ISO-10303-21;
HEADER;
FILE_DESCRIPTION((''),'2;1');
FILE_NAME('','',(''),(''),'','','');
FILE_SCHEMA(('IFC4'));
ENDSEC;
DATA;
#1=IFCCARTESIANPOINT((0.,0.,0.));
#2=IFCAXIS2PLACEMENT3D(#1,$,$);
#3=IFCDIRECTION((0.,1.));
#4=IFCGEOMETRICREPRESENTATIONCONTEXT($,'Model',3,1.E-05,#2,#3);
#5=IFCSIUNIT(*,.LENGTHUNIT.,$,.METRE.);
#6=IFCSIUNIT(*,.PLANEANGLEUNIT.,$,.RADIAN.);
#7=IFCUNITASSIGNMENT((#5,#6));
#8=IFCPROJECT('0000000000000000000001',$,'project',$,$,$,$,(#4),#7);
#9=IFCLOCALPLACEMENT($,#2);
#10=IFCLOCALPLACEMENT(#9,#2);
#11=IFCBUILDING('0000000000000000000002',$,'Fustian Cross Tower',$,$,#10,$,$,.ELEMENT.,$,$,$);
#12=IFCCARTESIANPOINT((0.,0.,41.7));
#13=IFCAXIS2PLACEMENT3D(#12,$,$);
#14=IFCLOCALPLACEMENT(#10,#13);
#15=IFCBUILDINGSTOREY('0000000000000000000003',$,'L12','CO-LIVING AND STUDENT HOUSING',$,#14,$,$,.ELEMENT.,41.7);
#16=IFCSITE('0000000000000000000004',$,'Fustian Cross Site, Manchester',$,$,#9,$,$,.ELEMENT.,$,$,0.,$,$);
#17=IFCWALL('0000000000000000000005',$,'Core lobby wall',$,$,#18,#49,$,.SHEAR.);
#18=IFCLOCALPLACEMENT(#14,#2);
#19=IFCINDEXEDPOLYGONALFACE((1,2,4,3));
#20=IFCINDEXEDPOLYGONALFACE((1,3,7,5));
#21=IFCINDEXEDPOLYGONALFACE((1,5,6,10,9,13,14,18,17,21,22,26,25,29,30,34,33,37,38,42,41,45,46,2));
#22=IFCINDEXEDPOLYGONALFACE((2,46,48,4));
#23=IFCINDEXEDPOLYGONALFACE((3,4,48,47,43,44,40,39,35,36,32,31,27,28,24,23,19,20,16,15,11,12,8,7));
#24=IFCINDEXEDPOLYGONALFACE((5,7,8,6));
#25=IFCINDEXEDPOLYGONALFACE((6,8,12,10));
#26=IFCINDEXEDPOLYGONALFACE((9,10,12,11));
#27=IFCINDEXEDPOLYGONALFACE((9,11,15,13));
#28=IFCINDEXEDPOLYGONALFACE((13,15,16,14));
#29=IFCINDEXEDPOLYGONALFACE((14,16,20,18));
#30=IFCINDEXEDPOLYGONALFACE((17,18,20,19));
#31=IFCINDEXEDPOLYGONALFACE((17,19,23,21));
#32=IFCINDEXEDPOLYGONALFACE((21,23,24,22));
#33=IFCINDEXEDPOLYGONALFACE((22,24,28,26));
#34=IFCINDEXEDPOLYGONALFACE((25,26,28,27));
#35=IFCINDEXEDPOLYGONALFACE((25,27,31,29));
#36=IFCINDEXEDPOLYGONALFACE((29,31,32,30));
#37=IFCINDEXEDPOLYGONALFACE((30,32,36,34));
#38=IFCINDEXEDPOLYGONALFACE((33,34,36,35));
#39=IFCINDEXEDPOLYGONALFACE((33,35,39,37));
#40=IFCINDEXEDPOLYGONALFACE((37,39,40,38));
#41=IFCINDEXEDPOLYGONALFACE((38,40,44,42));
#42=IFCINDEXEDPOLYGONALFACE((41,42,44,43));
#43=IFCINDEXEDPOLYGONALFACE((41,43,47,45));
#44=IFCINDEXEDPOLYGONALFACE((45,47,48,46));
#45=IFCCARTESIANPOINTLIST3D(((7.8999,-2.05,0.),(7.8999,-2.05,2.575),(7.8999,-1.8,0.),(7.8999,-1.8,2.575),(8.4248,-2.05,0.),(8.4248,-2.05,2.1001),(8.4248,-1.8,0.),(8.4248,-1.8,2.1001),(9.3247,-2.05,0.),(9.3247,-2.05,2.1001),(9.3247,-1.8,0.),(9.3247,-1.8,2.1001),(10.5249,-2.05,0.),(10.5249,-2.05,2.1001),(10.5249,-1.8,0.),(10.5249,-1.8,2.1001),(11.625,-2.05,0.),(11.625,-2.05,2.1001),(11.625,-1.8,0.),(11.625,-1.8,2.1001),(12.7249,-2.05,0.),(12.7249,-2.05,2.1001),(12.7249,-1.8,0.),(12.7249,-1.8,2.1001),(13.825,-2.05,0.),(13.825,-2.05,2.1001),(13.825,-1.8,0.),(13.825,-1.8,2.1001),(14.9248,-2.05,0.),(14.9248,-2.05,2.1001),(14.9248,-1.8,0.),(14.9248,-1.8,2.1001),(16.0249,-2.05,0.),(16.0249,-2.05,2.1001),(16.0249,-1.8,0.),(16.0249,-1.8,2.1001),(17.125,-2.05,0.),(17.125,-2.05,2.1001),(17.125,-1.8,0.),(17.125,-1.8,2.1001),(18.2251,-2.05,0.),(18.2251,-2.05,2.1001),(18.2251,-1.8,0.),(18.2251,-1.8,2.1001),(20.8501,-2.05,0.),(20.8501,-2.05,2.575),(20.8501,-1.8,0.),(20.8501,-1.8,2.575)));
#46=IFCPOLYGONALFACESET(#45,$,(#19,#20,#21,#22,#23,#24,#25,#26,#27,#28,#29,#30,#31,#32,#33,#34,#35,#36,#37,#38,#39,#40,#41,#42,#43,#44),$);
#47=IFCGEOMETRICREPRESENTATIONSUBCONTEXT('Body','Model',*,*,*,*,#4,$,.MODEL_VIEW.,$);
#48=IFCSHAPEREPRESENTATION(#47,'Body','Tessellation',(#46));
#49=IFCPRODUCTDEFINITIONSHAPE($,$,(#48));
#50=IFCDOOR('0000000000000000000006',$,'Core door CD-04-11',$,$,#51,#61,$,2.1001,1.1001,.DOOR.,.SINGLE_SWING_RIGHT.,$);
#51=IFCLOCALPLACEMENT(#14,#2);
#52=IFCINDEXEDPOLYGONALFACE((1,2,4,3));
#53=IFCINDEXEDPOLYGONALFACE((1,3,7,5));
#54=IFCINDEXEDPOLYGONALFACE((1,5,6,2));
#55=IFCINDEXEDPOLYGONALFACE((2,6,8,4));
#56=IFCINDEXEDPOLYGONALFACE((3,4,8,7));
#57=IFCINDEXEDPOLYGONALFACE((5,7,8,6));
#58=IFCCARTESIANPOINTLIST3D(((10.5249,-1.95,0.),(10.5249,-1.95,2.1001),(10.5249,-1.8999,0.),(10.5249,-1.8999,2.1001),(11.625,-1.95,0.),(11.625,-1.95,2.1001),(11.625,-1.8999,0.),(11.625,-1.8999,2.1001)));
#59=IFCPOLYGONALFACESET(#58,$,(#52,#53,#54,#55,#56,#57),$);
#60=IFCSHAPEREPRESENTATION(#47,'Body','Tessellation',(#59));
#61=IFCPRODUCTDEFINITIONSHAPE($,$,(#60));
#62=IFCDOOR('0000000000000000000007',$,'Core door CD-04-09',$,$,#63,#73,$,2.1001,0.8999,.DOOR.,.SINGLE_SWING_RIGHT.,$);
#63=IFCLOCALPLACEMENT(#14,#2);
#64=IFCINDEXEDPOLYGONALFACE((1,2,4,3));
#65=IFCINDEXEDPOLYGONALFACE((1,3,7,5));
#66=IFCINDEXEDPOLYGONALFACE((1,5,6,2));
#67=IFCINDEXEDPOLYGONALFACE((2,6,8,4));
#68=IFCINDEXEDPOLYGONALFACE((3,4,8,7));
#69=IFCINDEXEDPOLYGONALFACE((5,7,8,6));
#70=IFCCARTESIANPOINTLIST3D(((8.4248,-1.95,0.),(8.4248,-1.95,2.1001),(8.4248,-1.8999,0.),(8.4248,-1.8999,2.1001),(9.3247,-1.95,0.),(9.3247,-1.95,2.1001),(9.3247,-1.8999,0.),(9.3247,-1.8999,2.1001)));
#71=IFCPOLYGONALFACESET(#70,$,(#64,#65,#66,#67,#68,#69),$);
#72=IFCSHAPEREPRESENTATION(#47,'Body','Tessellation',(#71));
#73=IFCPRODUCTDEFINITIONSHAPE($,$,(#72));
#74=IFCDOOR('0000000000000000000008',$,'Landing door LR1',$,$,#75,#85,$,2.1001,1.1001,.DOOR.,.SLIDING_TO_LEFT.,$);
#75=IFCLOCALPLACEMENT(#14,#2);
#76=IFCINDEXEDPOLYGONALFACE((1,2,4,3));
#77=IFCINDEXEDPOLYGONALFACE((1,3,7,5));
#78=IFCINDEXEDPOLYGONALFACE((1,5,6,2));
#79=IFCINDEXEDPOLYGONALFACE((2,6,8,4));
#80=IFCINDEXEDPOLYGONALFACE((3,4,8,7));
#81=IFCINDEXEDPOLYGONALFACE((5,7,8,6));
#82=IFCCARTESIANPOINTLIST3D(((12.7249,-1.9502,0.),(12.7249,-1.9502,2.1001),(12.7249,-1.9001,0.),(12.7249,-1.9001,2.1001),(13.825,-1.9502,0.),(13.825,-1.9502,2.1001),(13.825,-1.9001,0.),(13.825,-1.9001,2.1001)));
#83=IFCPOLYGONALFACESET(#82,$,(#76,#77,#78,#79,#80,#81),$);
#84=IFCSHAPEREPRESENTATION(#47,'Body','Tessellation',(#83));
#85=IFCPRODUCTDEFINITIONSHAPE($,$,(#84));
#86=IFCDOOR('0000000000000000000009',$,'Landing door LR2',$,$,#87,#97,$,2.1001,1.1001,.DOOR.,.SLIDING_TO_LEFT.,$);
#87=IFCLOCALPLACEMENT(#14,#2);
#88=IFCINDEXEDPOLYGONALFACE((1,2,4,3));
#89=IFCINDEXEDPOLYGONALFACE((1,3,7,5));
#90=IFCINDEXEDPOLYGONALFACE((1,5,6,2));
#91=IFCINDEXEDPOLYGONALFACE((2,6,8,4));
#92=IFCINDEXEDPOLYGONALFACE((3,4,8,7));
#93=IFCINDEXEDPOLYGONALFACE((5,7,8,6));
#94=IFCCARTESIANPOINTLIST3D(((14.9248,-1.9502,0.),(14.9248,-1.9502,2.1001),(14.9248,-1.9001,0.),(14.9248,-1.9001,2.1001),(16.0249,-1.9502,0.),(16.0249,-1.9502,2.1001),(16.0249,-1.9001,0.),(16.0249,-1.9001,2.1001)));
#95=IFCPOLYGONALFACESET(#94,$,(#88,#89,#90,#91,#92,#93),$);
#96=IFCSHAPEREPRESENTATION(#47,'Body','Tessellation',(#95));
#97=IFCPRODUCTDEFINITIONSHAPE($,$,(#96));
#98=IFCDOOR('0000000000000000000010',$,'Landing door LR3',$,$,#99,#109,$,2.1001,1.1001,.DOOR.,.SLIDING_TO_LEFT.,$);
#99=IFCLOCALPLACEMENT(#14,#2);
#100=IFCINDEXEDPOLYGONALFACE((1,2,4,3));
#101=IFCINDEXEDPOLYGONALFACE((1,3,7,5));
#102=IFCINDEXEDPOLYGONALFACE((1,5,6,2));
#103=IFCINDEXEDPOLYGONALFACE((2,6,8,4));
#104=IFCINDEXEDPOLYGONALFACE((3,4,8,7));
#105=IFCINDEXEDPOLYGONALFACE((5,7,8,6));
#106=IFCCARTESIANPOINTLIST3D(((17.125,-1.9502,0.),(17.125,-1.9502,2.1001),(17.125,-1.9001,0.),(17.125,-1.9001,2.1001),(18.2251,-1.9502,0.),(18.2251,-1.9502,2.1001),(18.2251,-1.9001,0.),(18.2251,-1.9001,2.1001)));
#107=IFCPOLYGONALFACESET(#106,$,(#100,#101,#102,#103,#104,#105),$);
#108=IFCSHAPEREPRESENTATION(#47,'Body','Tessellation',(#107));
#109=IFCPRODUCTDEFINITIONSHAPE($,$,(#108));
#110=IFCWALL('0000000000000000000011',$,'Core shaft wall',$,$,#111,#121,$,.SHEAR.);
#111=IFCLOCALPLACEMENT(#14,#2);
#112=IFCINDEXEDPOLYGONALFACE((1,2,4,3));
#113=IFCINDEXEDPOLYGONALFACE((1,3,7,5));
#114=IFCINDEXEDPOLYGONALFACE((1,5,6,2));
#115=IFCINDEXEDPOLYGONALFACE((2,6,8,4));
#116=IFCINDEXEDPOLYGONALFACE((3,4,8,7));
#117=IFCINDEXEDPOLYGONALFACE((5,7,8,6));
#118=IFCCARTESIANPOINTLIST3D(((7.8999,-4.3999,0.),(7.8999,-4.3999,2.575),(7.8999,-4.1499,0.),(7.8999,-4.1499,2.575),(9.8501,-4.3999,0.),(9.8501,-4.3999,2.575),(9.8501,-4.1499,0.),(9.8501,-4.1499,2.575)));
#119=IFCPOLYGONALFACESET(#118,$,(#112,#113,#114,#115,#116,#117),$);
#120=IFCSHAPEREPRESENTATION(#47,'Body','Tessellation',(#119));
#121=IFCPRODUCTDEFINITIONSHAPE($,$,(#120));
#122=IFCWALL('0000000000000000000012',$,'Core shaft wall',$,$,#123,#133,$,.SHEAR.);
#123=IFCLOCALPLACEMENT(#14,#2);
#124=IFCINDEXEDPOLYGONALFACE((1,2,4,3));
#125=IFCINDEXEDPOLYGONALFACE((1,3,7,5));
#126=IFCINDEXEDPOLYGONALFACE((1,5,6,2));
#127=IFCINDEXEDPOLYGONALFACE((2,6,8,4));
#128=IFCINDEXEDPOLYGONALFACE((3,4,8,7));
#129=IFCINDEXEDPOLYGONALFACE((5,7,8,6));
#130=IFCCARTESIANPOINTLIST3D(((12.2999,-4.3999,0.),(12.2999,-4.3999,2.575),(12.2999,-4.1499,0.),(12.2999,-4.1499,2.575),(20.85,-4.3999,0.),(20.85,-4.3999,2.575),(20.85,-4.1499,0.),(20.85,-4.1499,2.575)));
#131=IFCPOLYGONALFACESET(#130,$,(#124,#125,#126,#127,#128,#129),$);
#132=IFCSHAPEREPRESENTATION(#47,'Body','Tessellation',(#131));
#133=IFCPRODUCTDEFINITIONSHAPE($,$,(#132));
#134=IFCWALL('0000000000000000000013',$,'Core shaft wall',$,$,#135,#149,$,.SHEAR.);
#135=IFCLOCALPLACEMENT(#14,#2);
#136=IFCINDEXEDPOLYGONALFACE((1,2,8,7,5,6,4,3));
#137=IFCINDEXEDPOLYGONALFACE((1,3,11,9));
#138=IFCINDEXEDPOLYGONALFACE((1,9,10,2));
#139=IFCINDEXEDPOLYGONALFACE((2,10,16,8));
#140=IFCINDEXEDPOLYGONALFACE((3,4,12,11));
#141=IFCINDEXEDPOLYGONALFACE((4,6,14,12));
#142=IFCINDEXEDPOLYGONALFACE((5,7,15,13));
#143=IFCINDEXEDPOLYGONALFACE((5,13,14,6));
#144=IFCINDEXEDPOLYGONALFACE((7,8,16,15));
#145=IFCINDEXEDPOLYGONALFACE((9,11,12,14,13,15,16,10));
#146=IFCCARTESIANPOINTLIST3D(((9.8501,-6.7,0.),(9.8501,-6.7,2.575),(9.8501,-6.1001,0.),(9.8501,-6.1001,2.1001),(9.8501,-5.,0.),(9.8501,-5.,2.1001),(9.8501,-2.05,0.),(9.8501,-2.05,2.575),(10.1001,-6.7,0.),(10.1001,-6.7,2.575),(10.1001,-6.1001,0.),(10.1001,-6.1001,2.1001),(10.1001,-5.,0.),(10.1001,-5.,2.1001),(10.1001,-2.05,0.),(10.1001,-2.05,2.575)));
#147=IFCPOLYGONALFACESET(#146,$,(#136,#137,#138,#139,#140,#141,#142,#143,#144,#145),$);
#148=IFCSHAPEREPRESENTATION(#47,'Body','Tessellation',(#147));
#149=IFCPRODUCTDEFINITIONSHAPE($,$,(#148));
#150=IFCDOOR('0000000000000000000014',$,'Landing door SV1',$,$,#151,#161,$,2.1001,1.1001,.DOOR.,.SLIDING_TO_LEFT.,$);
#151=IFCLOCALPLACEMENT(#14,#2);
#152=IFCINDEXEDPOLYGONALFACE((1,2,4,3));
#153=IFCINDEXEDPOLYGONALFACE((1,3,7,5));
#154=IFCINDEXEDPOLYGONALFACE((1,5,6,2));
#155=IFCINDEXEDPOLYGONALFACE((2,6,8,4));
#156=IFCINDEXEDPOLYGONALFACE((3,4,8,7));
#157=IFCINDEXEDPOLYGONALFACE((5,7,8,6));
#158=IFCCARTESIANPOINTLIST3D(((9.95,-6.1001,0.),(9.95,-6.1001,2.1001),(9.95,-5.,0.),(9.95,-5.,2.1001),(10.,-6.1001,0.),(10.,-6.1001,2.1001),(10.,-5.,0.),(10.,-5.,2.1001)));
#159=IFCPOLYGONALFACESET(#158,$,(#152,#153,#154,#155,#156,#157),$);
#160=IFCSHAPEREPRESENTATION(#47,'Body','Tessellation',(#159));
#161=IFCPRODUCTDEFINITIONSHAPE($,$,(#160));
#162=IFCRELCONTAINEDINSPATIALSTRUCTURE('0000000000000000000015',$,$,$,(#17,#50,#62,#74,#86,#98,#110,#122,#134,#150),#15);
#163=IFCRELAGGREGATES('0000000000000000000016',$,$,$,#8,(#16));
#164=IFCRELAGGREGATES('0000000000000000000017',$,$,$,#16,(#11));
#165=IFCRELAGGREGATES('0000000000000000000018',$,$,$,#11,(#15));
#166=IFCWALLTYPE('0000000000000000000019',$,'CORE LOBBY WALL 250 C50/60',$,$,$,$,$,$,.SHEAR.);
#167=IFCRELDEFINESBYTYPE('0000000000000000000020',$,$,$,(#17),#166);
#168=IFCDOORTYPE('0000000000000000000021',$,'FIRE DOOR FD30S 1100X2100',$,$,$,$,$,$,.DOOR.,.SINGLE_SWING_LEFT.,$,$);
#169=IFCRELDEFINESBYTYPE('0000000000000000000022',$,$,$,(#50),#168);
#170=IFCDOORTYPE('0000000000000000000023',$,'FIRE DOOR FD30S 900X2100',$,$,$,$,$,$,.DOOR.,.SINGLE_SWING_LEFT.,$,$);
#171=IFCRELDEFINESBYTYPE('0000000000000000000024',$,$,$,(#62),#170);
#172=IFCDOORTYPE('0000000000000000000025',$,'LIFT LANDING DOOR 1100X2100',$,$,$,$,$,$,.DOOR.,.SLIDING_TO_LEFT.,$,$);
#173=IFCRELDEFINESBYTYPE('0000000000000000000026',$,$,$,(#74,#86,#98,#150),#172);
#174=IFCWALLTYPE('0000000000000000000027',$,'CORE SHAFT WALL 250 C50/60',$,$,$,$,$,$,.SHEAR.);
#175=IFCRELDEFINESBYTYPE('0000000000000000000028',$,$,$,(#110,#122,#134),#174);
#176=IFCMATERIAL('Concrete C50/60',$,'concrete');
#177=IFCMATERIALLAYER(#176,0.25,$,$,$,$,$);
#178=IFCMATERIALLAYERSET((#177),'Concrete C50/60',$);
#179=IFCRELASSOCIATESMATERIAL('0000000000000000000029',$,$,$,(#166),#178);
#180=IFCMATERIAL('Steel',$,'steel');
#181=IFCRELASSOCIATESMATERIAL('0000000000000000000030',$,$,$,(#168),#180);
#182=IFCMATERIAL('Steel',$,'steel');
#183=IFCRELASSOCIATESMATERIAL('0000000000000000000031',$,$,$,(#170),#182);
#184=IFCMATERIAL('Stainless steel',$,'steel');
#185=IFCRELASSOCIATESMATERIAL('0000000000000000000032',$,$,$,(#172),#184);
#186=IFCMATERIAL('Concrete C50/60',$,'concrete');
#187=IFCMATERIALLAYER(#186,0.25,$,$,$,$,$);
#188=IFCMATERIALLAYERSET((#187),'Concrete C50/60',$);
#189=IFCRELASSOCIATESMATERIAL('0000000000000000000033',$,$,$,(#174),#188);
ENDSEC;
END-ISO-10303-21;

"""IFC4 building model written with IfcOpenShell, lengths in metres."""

from ifc_helpers import new_model, si_unit, direction, frame, frame_2d, origin, place, context, subcontext, project, spatial, rectangle, extrude, material, layer, layer_set, type_object, element, fill, save


model = new_model("IFC4")

# Units and contexts
model_context = context("Model", 3, precision=1e-05, world=origin(), true_north=direction((0.0, 1.0)))
body_context = subcontext(model_context, "Body", "Model", "MODEL_VIEW")
ifc_project = project(units=[si_unit("LENGTHUNIT", "METRE"), si_unit("PLANEANGLEUNIT", "RADIAN")], contexts=[model_context])

# Site, building, storey
site_placement = place(None, origin())
site = spatial("IfcSite", under=ifc_project, at=site_placement, Name="Fustian Cross Site, Manchester", CompositionType="ELEMENT", RefElevation=0.0)
building_placement = place(site_placement, origin())
building = spatial("IfcBuilding", under=site, at=building_placement, Name="Fustian Cross Tower", CompositionType="ELEMENT")
storey_placement = place(building_placement, frame((0.0, 0.0, 41.7)))
storey = spatial("IfcBuildingStorey", under=building, at=storey_placement, Name="L12", Description="CO-LIVING AND STUDENT HOUSING", CompositionType="ELEMENT", Elevation=41.7)

# Wall, openings, doors
ifc_material_1 = material(Name="Concrete C50/60", Category="concrete")
ifc_layer_1 = layer(ifc_material_1, 0.25)
ifc_layer_set_1 = layer_set([ifc_layer_1], Name="Concrete C50/60")
wall_type_1 = type_object("IfcWallType", Name="CORE LOBBY WALL 250 C50/60", PredefinedType="SHEAR", material=ifc_layer_set_1)
wall_1_placement = place(storey_placement, frame((7.8999, -1.925, 0.0), z_axis=(0.0, 0.0, 1.0), x_axis=(1.0, 0.0, 0.0)))
wall_1 = element("IfcWall", 1, at=wall_1_placement, inside=storey, type_object=wall_type_1, Name="Core lobby wall", PredefinedType="SHEAR", context=body_context, shape_type="SweptSolid", body=[
    extrude(rectangle(XDim=12.9502, YDim=0.25, at=frame_2d((6.4751, 0.0))), origin(), (0.0, 0.0, 1.0), 2.575),
])
opening_1_placement = place(wall_1_placement, frame((4.825, 0.0, 0.0)))
opening_1 = element("IfcOpeningElement", 2, at=opening_1_placement, cuts=wall_1, PredefinedType="OPENING", context=body_context, shape_type="SweptSolid", body=[
    extrude(rectangle(XDim=1.1001, YDim=2.1001, at=frame_2d((0.55, 1.05))), frame((0.0, 0.135, 0.0), z_axis=(0.0, -1.0, 0.0), x_axis=(1.0, 0.0, 0.0)), (0.0, 0.0, 1.0), 0.27),
])
opening_2_placement = place(wall_1_placement, frame((7.0249, 0.0, 0.0)))
opening_2 = element("IfcOpeningElement", 3, at=opening_2_placement, cuts=wall_1, PredefinedType="OPENING", context=body_context, shape_type="SweptSolid", body=[
    extrude(rectangle(XDim=1.1001, YDim=2.1001, at=frame_2d((0.55, 1.05))), frame((0.0, 0.135, 0.0), z_axis=(0.0, -1.0, 0.0), x_axis=(1.0, 0.0, 0.0)), (0.0, 0.0, 1.0), 0.27),
])
opening_3_placement = place(wall_1_placement, frame((9.2251, 0.0, 0.0)))
opening_3 = element("IfcOpeningElement", 4, at=opening_3_placement, cuts=wall_1, PredefinedType="OPENING", context=body_context, shape_type="SweptSolid", body=[
    extrude(rectangle(XDim=1.1001, YDim=2.1001, at=frame_2d((0.55, 1.05))), frame((0.0, 0.135, 0.0), z_axis=(0.0, -1.0, 0.0), x_axis=(1.0, 0.0, 0.0)), (0.0, 0.0, 1.0), 0.27),
])
opening_4_placement = place(wall_1_placement, frame((0.5249, 0.0, 0.0)))
opening_4 = element("IfcOpeningElement", 5, at=opening_4_placement, cuts=wall_1, PredefinedType="OPENING", context=body_context, shape_type="SweptSolid", body=[
    extrude(rectangle(XDim=0.8999, YDim=2.1001, at=frame_2d((0.45, 1.05))), frame((0.0, 0.135, 0.0), z_axis=(0.0, -1.0, 0.0), x_axis=(1.0, 0.0, 0.0)), (0.0, 0.0, 1.0), 0.27),
])
opening_5_placement = place(wall_1_placement, frame((2.625, 0.0, 0.0)))
opening_5 = element("IfcOpeningElement", 6, at=opening_5_placement, cuts=wall_1, PredefinedType="OPENING", context=body_context, shape_type="SweptSolid", body=[
    extrude(rectangle(XDim=1.1001, YDim=2.1001, at=frame_2d((0.55, 1.05))), frame((0.0, 0.135, 0.0), z_axis=(0.0, -1.0, 0.0), x_axis=(1.0, 0.0, 0.0)), (0.0, 0.0, 1.0), 0.27),
])
ifc_material_2 = material(Name="Steel", Category="steel")
door_type_1 = type_object("IfcDoorType", Name="FIRE DOOR FD30S 1100X2100", OperationType="SINGLE_SWING_LEFT", PredefinedType="DOOR", material=ifc_material_2)
door_1_placement = place(opening_5_placement, frame((1.1001, 0.0, 0.0), z_axis=(0.0, 0.0, 1.0), x_axis=(-1.0, 0.0, 0.0)))
door_1 = element("IfcDoor", 7, at=door_1_placement, inside=storey, type_object=door_type_1, Name="Core door CD-04-11", OperationType="SINGLE_SWING_RIGHT", OverallHeight=2.1001, OverallWidth=1.1001, PredefinedType="DOOR", context=body_context, shape_type="SweptSolid", body=[
    extrude(rectangle(XDim=1.1001, YDim=2.1001, at=frame_2d((0.55, 1.05))), frame((0.0, 0.0249, 0.0), z_axis=(0.0, -1.0, 0.0), x_axis=(1.0, 0.0, 0.0)), (0.0, 0.0, 1.0), 0.05),
])
fill(opening_5, door_1)
ifc_material_3 = material(Name="Steel", Category="steel")
door_type_2 = type_object("IfcDoorType", Name="FIRE DOOR FD30S 900X2100", OperationType="SINGLE_SWING_LEFT", PredefinedType="DOOR", material=ifc_material_3)
door_2_placement = place(opening_4_placement, frame((0.8999, 0.0, 0.0), z_axis=(0.0, 0.0, 1.0), x_axis=(-1.0, 0.0, 0.0)))
door_2 = element("IfcDoor", 8, at=door_2_placement, inside=storey, type_object=door_type_2, Name="Core door CD-04-09", OperationType="SINGLE_SWING_RIGHT", OverallHeight=2.1001, OverallWidth=0.8999, PredefinedType="DOOR", context=body_context, shape_type="SweptSolid", body=[
    extrude(rectangle(XDim=0.8999, YDim=2.1001, at=frame_2d((0.45, 1.05))), frame((0.0, 0.0249, 0.0), z_axis=(0.0, -1.0, 0.0), x_axis=(1.0, 0.0, 0.0)), (0.0, 0.0, 1.0), 0.05),
])
fill(opening_4, door_2)
ifc_material_4 = material(Name="Stainless steel", Category="steel")
door_type_3 = type_object("IfcDoorType", Name="LIFT LANDING DOOR 1100X2100", OperationType="SLIDING_TO_LEFT", PredefinedType="DOOR", material=ifc_material_4)
door_3_placement = place(opening_1_placement, origin())
door_3 = element("IfcDoor", 9, at=door_3_placement, inside=storey, type_object=door_type_3, Name="Landing door LR1", OperationType="SLIDING_TO_LEFT", OverallHeight=2.1001, OverallWidth=1.1001, PredefinedType="DOOR", context=body_context, shape_type="SweptSolid", body=[
    extrude(rectangle(XDim=1.1001, YDim=2.1001, at=frame_2d((0.55, 1.05))), frame((0.0, 0.0249, 0.0), z_axis=(0.0, -1.0, 0.0), x_axis=(1.0, 0.0, 0.0)), (0.0, 0.0, 1.0), 0.05),
])
fill(opening_1, door_3)
door_4_placement = place(opening_2_placement, origin())
door_4 = element("IfcDoor", 10, at=door_4_placement, inside=storey, type_object=door_type_3, Name="Landing door LR2", OperationType="SLIDING_TO_LEFT", OverallHeight=2.1001, OverallWidth=1.1001, PredefinedType="DOOR", context=body_context, shape_type="SweptSolid", body=[
    extrude(rectangle(XDim=1.1001, YDim=2.1001, at=frame_2d((0.55, 1.05))), frame((0.0, 0.0249, 0.0), z_axis=(0.0, -1.0, 0.0), x_axis=(1.0, 0.0, 0.0)), (0.0, 0.0, 1.0), 0.05),
])
fill(opening_2, door_4)
door_5_placement = place(opening_3_placement, origin())
door_5 = element("IfcDoor", 11, at=door_5_placement, inside=storey, type_object=door_type_3, Name="Landing door LR3", OperationType="SLIDING_TO_LEFT", OverallHeight=2.1001, OverallWidth=1.1001, PredefinedType="DOOR", context=body_context, shape_type="SweptSolid", body=[
    extrude(rectangle(XDim=1.1001, YDim=2.1001, at=frame_2d((0.55, 1.05))), frame((0.0, 0.0249, 0.0), z_axis=(0.0, -1.0, 0.0), x_axis=(1.0, 0.0, 0.0)), (0.0, 0.0, 1.0), 0.05),
])
fill(opening_3, door_5)

# Walls
ifc_material_5 = material(Name="Concrete C50/60", Category="concrete")
ifc_layer_2 = layer(ifc_material_5, 0.25)
ifc_layer_set_2 = layer_set([ifc_layer_2], Name="Concrete C50/60")
wall_type_2 = type_object("IfcWallType", Name="CORE SHAFT WALL 250 C50/60", PredefinedType="SHEAR", material=ifc_layer_set_2)
wall_2_placement = place(storey_placement, frame((7.8999, -4.2749, 0.0), z_axis=(0.0, 0.0, 1.0), x_axis=(1.0, 0.0, 0.0)))
element("IfcWall", 12, at=wall_2_placement, inside=storey, type_object=wall_type_2, Name="Core shaft wall", PredefinedType="SHEAR", context=body_context, shape_type="SweptSolid", body=[
    extrude(rectangle(XDim=1.9502, YDim=0.25, at=frame_2d((0.9751, 0.0))), origin(), (0.0, 0.0, 1.0), 2.575),
])
wall_3_placement = place(storey_placement, frame((12.3, -4.2749, 0.0), z_axis=(0.0, 0.0, 1.0), x_axis=(1.0, 0.0, 0.0)))
element("IfcWall", 13, at=wall_3_placement, inside=storey, type_object=wall_type_2, Name="Core shaft wall", PredefinedType="SHEAR", context=body_context, shape_type="SweptSolid", body=[
    extrude(rectangle(XDim=8.55, YDim=0.25, at=frame_2d((4.2749, 0.0))), origin(), (0.0, 0.0, 1.0), 2.575),
])

# Wall, opening, door
wall_4_placement = place(storey_placement, frame((9.9751, -2.05, 0.0), z_axis=(0.0, 0.0, 1.0), x_axis=(0.0, -1.0, 0.0)))
wall_4 = element("IfcWall", 14, at=wall_4_placement, inside=storey, type_object=wall_type_2, Name="Core shaft wall", PredefinedType="SHEAR", context=body_context, shape_type="SweptSolid", body=[
    extrude(rectangle(XDim=4.6499, YDim=0.25, at=frame_2d((2.325, 0.0))), origin(), (0.0, 0.0, 1.0), 2.575),
])
opening_6_placement = place(wall_4_placement, frame((2.95, 0.0, 0.0)))
opening_6 = element("IfcOpeningElement", 15, at=opening_6_placement, cuts=wall_4, PredefinedType="OPENING", context=body_context, shape_type="SweptSolid", body=[
    extrude(rectangle(XDim=1.1001, YDim=2.1001, at=frame_2d((0.55, 1.05))), frame((0.0, 0.135, 0.0), z_axis=(0.0, -1.0, 0.0), x_axis=(1.0, 0.0, 0.0)), (0.0, 0.0, 1.0), 0.27),
])
door_6_placement = place(opening_6_placement, origin())
door_6 = element("IfcDoor", 16, at=door_6_placement, inside=storey, type_object=door_type_3, Name="Landing door SV1", OperationType="SLIDING_TO_LEFT", OverallHeight=2.1001, OverallWidth=1.1001, PredefinedType="DOOR", context=body_context, shape_type="SweptSolid", body=[
    extrude(rectangle(XDim=1.1001, YDim=2.1001, at=frame_2d((0.55, 1.05))), frame((0.0, 0.0249, 0.0), z_axis=(0.0, -1.0, 0.0), x_axis=(1.0, 0.0, 0.0)), (0.0, 0.0, 1.0), 0.05),
])
fill(opening_6, door_6)

save(model, "model.ifc")
